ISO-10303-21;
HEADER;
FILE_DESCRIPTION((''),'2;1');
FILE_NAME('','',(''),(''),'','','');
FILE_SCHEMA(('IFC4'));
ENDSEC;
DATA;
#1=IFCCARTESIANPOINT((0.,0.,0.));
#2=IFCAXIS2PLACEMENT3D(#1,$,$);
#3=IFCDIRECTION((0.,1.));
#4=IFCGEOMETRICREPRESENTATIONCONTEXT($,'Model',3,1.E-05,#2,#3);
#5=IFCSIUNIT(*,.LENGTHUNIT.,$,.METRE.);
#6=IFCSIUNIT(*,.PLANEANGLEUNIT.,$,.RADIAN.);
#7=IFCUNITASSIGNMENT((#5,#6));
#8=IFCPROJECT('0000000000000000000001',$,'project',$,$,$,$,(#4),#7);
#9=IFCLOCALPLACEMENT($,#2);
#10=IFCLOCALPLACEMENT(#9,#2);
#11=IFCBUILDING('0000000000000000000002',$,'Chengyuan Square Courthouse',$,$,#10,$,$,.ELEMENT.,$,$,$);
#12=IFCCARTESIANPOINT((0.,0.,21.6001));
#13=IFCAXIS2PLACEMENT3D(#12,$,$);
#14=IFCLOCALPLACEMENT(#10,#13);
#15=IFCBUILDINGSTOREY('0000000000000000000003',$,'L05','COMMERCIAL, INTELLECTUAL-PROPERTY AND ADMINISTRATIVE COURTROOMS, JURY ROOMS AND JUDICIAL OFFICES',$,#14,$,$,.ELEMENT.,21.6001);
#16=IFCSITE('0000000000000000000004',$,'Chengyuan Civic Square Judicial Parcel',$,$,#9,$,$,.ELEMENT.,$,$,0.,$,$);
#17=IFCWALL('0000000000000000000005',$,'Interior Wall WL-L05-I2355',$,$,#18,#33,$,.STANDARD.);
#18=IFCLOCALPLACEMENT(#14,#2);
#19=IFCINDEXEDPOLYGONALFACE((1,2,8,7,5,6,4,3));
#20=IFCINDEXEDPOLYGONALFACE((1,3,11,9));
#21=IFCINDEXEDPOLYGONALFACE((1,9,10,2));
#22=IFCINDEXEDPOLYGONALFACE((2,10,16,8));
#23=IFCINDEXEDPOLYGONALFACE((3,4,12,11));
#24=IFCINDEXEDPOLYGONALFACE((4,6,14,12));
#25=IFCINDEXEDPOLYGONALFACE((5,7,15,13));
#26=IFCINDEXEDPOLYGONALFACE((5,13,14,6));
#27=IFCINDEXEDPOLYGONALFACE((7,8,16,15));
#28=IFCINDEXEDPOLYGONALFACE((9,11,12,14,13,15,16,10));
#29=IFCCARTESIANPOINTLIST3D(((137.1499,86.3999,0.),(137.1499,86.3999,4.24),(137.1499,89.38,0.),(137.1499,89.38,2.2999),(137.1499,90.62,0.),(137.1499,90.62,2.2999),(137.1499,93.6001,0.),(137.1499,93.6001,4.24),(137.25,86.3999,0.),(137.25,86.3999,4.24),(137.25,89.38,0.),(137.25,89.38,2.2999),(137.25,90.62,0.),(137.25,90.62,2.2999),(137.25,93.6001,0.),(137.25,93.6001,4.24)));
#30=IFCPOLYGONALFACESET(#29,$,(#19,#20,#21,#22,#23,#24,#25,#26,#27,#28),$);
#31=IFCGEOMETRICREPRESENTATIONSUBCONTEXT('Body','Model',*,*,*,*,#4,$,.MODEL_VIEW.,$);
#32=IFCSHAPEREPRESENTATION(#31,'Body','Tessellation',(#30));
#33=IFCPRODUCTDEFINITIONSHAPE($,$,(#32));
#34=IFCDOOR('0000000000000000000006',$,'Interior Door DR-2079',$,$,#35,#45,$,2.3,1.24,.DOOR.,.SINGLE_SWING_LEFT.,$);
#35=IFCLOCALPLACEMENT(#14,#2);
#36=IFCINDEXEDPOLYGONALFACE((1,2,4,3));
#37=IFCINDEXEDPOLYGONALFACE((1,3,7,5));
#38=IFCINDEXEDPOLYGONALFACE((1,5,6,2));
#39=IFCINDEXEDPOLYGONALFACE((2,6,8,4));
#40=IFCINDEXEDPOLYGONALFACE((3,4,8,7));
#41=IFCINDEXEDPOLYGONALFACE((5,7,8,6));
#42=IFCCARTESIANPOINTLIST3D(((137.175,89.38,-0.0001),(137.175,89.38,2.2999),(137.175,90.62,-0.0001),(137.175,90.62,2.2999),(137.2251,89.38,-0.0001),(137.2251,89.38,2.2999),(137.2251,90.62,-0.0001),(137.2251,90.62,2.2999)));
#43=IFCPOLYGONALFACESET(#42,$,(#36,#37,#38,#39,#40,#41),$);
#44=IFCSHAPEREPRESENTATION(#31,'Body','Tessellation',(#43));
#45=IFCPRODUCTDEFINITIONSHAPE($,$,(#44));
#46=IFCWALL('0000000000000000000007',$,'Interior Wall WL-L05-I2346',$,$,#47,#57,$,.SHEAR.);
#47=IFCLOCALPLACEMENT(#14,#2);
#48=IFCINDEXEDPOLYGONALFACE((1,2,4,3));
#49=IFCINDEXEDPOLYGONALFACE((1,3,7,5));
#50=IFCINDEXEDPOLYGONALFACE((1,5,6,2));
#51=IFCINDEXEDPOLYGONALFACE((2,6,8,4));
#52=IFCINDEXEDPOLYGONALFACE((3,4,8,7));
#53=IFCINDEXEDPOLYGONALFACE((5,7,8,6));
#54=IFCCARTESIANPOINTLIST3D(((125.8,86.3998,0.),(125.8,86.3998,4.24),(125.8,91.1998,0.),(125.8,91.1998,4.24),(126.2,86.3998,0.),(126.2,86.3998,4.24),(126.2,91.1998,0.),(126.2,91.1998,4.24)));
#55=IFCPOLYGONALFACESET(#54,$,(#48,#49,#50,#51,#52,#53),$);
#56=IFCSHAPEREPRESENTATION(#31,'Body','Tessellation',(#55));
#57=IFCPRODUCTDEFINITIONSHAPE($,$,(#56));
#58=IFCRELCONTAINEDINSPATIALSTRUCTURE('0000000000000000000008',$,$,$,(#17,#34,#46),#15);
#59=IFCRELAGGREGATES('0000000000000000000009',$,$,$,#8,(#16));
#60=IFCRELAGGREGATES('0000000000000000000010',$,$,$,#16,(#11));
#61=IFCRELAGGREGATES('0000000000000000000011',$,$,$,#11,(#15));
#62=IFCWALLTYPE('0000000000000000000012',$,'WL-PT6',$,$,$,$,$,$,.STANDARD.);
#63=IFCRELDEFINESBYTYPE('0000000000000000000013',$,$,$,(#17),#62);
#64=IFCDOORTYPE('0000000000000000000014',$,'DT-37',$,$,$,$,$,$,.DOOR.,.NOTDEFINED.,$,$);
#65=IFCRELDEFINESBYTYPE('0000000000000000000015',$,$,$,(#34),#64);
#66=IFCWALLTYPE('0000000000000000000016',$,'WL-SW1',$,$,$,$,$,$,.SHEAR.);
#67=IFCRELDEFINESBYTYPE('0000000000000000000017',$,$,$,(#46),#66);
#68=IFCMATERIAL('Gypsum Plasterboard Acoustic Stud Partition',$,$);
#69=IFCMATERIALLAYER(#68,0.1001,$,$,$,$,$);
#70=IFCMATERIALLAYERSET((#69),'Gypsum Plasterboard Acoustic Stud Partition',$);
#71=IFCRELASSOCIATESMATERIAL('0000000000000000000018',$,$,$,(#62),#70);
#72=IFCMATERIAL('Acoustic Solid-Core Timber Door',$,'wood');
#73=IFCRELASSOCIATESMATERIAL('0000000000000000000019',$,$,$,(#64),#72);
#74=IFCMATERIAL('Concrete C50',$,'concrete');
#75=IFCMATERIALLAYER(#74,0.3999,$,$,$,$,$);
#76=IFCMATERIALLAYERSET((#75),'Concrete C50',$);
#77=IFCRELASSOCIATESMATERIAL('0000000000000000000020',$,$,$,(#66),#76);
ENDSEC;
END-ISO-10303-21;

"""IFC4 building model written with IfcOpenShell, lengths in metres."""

from ifc_helpers import new_model, si_unit, direction, frame, frame_2d, origin, place, context, subcontext, project, spatial, rectangle, extrude, material, layer, layer_set, type_object, element, fill, save


model = new_model("IFC4")

# Units and contexts
model_context = context("Model", 3, precision=1e-05, world=origin(), true_north=direction((0.0, 1.0)))
body_context = subcontext(model_context, "Body", "Model", "MODEL_VIEW")
ifc_project = project(units=[si_unit("LENGTHUNIT", "METRE"), si_unit("PLANEANGLEUNIT", "RADIAN")], contexts=[model_context])

# Site, building, storey
site_placement = place(None, origin())
site = spatial("IfcSite", under=ifc_project, at=site_placement, Name="Chengyuan Civic Square Judicial Parcel", CompositionType="ELEMENT", RefElevation=0.0)
building_placement = place(site_placement, origin())
building = spatial("IfcBuilding", under=site, at=building_placement, Name="Chengyuan Square Courthouse", CompositionType="ELEMENT")
storey_placement = place(building_placement, frame((0.0, 0.0, 21.6001)))
storey = spatial("IfcBuildingStorey", under=building, at=storey_placement, Name="L05", Description="COMMERCIAL, INTELLECTUAL-PROPERTY AND ADMINISTRATIVE COURTROOMS, JURY ROOMS AND JUDICIAL OFFICES", CompositionType="ELEMENT", Elevation=21.6001)

# Shared definitions
ifc_material_1 = material(Name="Concrete C50", Category="concrete")

# Shared definitions
ifc_material_2 = material(Name="Gypsum Plasterboard Acoustic Stud Partition")
ifc_layer_1 = layer(ifc_material_2, 0.1001)
ifc_layer_set_1 = layer_set([ifc_layer_1], Name="Gypsum Plasterboard Acoustic Stud Partition")
wall_type_1 = type_object("IfcWallType", Name="WL-PT6", PredefinedType="STANDARD", material=ifc_layer_set_1)

# Shared definitions
ifc_material_3 = material(Name="Acoustic Solid-Core Timber Door", Category="wood")

# Wall, opening, door
wall_1_placement = place(storey_placement, frame((137.2, 86.3999, 0.0), z_axis=(0.0, 0.0, 1.0), x_axis=(0.0, 1.0, 0.0)))
wall_1 = element("IfcWall", 1, at=wall_1_placement, inside=storey, type_object=wall_type_1, Name="Interior Wall WL-L05-I2355", PredefinedType="STANDARD", context=body_context, shape_type="SweptSolid", body=[
    extrude(rectangle(XDim=7.2002, YDim=0.1001, at=frame_2d((3.6001, 0.0))), origin(), (0.0, 0.0, 1.0), 4.24),
])
opening_1_placement = place(wall_1_placement, frame((2.98, 0.0, 0.0)))
opening_1 = element("IfcOpeningElement", 2, at=opening_1_placement, cuts=wall_1, PredefinedType="OPENING", context=body_context, shape_type="SweptSolid", body=[
    extrude(rectangle(XDim=1.24, YDim=2.3, at=frame_2d((0.6201, 1.1499))), frame((0.0, 0.062, 0.0), z_axis=(0.0, -1.0, 0.0), x_axis=(1.0, 0.0, 0.0)), (0.0, 0.0, 1.0), 0.124),
])
door_type_1 = type_object("IfcDoorType", Name="DT-37", OperationType="NOTDEFINED", PredefinedType="DOOR", material=ifc_material_3)
door_1_placement = place(opening_1_placement, origin())
door_1 = element("IfcDoor", 3, at=door_1_placement, inside=storey, type_object=door_type_1, Name="Interior Door DR-2079", OperationType="SINGLE_SWING_LEFT", OverallHeight=2.3, OverallWidth=1.24, PredefinedType="DOOR", context=body_context, shape_type="SweptSolid", body=[
    extrude(rectangle(XDim=1.24, YDim=2.3, at=frame_2d((0.6201, 1.1499))), frame((0.0, 0.0249, 0.0), z_axis=(0.0, -1.0, 0.0), x_axis=(1.0, 0.0, 0.0)), (0.0, 0.0, 1.0), 0.05),
])
fill(opening_1, door_1)

# Wall
ifc_layer_2 = layer(ifc_material_1, 0.3999)
ifc_layer_set_2 = layer_set([ifc_layer_2], Name="Concrete C50")
wall_type_2 = type_object("IfcWallType", Name="WL-SW1", PredefinedType="SHEAR", material=ifc_layer_set_2)
wall_2_placement = place(storey_placement, frame((126.0, 86.3999, 0.0), z_axis=(0.0, 0.0, 1.0), x_axis=(0.0, 1.0, 0.0)))
element("IfcWall", 4, at=wall_2_placement, inside=storey, type_object=wall_type_2, Name="Interior Wall WL-L05-I2346", PredefinedType="SHEAR", context=body_context, shape_type="SweptSolid", body=[
    extrude(rectangle(XDim=4.8, YDim=0.3999, at=frame_2d((2.3999, 0.0))), origin(), (0.0, 0.0, 1.0), 4.24),
])

save(model, "model.ifc")
